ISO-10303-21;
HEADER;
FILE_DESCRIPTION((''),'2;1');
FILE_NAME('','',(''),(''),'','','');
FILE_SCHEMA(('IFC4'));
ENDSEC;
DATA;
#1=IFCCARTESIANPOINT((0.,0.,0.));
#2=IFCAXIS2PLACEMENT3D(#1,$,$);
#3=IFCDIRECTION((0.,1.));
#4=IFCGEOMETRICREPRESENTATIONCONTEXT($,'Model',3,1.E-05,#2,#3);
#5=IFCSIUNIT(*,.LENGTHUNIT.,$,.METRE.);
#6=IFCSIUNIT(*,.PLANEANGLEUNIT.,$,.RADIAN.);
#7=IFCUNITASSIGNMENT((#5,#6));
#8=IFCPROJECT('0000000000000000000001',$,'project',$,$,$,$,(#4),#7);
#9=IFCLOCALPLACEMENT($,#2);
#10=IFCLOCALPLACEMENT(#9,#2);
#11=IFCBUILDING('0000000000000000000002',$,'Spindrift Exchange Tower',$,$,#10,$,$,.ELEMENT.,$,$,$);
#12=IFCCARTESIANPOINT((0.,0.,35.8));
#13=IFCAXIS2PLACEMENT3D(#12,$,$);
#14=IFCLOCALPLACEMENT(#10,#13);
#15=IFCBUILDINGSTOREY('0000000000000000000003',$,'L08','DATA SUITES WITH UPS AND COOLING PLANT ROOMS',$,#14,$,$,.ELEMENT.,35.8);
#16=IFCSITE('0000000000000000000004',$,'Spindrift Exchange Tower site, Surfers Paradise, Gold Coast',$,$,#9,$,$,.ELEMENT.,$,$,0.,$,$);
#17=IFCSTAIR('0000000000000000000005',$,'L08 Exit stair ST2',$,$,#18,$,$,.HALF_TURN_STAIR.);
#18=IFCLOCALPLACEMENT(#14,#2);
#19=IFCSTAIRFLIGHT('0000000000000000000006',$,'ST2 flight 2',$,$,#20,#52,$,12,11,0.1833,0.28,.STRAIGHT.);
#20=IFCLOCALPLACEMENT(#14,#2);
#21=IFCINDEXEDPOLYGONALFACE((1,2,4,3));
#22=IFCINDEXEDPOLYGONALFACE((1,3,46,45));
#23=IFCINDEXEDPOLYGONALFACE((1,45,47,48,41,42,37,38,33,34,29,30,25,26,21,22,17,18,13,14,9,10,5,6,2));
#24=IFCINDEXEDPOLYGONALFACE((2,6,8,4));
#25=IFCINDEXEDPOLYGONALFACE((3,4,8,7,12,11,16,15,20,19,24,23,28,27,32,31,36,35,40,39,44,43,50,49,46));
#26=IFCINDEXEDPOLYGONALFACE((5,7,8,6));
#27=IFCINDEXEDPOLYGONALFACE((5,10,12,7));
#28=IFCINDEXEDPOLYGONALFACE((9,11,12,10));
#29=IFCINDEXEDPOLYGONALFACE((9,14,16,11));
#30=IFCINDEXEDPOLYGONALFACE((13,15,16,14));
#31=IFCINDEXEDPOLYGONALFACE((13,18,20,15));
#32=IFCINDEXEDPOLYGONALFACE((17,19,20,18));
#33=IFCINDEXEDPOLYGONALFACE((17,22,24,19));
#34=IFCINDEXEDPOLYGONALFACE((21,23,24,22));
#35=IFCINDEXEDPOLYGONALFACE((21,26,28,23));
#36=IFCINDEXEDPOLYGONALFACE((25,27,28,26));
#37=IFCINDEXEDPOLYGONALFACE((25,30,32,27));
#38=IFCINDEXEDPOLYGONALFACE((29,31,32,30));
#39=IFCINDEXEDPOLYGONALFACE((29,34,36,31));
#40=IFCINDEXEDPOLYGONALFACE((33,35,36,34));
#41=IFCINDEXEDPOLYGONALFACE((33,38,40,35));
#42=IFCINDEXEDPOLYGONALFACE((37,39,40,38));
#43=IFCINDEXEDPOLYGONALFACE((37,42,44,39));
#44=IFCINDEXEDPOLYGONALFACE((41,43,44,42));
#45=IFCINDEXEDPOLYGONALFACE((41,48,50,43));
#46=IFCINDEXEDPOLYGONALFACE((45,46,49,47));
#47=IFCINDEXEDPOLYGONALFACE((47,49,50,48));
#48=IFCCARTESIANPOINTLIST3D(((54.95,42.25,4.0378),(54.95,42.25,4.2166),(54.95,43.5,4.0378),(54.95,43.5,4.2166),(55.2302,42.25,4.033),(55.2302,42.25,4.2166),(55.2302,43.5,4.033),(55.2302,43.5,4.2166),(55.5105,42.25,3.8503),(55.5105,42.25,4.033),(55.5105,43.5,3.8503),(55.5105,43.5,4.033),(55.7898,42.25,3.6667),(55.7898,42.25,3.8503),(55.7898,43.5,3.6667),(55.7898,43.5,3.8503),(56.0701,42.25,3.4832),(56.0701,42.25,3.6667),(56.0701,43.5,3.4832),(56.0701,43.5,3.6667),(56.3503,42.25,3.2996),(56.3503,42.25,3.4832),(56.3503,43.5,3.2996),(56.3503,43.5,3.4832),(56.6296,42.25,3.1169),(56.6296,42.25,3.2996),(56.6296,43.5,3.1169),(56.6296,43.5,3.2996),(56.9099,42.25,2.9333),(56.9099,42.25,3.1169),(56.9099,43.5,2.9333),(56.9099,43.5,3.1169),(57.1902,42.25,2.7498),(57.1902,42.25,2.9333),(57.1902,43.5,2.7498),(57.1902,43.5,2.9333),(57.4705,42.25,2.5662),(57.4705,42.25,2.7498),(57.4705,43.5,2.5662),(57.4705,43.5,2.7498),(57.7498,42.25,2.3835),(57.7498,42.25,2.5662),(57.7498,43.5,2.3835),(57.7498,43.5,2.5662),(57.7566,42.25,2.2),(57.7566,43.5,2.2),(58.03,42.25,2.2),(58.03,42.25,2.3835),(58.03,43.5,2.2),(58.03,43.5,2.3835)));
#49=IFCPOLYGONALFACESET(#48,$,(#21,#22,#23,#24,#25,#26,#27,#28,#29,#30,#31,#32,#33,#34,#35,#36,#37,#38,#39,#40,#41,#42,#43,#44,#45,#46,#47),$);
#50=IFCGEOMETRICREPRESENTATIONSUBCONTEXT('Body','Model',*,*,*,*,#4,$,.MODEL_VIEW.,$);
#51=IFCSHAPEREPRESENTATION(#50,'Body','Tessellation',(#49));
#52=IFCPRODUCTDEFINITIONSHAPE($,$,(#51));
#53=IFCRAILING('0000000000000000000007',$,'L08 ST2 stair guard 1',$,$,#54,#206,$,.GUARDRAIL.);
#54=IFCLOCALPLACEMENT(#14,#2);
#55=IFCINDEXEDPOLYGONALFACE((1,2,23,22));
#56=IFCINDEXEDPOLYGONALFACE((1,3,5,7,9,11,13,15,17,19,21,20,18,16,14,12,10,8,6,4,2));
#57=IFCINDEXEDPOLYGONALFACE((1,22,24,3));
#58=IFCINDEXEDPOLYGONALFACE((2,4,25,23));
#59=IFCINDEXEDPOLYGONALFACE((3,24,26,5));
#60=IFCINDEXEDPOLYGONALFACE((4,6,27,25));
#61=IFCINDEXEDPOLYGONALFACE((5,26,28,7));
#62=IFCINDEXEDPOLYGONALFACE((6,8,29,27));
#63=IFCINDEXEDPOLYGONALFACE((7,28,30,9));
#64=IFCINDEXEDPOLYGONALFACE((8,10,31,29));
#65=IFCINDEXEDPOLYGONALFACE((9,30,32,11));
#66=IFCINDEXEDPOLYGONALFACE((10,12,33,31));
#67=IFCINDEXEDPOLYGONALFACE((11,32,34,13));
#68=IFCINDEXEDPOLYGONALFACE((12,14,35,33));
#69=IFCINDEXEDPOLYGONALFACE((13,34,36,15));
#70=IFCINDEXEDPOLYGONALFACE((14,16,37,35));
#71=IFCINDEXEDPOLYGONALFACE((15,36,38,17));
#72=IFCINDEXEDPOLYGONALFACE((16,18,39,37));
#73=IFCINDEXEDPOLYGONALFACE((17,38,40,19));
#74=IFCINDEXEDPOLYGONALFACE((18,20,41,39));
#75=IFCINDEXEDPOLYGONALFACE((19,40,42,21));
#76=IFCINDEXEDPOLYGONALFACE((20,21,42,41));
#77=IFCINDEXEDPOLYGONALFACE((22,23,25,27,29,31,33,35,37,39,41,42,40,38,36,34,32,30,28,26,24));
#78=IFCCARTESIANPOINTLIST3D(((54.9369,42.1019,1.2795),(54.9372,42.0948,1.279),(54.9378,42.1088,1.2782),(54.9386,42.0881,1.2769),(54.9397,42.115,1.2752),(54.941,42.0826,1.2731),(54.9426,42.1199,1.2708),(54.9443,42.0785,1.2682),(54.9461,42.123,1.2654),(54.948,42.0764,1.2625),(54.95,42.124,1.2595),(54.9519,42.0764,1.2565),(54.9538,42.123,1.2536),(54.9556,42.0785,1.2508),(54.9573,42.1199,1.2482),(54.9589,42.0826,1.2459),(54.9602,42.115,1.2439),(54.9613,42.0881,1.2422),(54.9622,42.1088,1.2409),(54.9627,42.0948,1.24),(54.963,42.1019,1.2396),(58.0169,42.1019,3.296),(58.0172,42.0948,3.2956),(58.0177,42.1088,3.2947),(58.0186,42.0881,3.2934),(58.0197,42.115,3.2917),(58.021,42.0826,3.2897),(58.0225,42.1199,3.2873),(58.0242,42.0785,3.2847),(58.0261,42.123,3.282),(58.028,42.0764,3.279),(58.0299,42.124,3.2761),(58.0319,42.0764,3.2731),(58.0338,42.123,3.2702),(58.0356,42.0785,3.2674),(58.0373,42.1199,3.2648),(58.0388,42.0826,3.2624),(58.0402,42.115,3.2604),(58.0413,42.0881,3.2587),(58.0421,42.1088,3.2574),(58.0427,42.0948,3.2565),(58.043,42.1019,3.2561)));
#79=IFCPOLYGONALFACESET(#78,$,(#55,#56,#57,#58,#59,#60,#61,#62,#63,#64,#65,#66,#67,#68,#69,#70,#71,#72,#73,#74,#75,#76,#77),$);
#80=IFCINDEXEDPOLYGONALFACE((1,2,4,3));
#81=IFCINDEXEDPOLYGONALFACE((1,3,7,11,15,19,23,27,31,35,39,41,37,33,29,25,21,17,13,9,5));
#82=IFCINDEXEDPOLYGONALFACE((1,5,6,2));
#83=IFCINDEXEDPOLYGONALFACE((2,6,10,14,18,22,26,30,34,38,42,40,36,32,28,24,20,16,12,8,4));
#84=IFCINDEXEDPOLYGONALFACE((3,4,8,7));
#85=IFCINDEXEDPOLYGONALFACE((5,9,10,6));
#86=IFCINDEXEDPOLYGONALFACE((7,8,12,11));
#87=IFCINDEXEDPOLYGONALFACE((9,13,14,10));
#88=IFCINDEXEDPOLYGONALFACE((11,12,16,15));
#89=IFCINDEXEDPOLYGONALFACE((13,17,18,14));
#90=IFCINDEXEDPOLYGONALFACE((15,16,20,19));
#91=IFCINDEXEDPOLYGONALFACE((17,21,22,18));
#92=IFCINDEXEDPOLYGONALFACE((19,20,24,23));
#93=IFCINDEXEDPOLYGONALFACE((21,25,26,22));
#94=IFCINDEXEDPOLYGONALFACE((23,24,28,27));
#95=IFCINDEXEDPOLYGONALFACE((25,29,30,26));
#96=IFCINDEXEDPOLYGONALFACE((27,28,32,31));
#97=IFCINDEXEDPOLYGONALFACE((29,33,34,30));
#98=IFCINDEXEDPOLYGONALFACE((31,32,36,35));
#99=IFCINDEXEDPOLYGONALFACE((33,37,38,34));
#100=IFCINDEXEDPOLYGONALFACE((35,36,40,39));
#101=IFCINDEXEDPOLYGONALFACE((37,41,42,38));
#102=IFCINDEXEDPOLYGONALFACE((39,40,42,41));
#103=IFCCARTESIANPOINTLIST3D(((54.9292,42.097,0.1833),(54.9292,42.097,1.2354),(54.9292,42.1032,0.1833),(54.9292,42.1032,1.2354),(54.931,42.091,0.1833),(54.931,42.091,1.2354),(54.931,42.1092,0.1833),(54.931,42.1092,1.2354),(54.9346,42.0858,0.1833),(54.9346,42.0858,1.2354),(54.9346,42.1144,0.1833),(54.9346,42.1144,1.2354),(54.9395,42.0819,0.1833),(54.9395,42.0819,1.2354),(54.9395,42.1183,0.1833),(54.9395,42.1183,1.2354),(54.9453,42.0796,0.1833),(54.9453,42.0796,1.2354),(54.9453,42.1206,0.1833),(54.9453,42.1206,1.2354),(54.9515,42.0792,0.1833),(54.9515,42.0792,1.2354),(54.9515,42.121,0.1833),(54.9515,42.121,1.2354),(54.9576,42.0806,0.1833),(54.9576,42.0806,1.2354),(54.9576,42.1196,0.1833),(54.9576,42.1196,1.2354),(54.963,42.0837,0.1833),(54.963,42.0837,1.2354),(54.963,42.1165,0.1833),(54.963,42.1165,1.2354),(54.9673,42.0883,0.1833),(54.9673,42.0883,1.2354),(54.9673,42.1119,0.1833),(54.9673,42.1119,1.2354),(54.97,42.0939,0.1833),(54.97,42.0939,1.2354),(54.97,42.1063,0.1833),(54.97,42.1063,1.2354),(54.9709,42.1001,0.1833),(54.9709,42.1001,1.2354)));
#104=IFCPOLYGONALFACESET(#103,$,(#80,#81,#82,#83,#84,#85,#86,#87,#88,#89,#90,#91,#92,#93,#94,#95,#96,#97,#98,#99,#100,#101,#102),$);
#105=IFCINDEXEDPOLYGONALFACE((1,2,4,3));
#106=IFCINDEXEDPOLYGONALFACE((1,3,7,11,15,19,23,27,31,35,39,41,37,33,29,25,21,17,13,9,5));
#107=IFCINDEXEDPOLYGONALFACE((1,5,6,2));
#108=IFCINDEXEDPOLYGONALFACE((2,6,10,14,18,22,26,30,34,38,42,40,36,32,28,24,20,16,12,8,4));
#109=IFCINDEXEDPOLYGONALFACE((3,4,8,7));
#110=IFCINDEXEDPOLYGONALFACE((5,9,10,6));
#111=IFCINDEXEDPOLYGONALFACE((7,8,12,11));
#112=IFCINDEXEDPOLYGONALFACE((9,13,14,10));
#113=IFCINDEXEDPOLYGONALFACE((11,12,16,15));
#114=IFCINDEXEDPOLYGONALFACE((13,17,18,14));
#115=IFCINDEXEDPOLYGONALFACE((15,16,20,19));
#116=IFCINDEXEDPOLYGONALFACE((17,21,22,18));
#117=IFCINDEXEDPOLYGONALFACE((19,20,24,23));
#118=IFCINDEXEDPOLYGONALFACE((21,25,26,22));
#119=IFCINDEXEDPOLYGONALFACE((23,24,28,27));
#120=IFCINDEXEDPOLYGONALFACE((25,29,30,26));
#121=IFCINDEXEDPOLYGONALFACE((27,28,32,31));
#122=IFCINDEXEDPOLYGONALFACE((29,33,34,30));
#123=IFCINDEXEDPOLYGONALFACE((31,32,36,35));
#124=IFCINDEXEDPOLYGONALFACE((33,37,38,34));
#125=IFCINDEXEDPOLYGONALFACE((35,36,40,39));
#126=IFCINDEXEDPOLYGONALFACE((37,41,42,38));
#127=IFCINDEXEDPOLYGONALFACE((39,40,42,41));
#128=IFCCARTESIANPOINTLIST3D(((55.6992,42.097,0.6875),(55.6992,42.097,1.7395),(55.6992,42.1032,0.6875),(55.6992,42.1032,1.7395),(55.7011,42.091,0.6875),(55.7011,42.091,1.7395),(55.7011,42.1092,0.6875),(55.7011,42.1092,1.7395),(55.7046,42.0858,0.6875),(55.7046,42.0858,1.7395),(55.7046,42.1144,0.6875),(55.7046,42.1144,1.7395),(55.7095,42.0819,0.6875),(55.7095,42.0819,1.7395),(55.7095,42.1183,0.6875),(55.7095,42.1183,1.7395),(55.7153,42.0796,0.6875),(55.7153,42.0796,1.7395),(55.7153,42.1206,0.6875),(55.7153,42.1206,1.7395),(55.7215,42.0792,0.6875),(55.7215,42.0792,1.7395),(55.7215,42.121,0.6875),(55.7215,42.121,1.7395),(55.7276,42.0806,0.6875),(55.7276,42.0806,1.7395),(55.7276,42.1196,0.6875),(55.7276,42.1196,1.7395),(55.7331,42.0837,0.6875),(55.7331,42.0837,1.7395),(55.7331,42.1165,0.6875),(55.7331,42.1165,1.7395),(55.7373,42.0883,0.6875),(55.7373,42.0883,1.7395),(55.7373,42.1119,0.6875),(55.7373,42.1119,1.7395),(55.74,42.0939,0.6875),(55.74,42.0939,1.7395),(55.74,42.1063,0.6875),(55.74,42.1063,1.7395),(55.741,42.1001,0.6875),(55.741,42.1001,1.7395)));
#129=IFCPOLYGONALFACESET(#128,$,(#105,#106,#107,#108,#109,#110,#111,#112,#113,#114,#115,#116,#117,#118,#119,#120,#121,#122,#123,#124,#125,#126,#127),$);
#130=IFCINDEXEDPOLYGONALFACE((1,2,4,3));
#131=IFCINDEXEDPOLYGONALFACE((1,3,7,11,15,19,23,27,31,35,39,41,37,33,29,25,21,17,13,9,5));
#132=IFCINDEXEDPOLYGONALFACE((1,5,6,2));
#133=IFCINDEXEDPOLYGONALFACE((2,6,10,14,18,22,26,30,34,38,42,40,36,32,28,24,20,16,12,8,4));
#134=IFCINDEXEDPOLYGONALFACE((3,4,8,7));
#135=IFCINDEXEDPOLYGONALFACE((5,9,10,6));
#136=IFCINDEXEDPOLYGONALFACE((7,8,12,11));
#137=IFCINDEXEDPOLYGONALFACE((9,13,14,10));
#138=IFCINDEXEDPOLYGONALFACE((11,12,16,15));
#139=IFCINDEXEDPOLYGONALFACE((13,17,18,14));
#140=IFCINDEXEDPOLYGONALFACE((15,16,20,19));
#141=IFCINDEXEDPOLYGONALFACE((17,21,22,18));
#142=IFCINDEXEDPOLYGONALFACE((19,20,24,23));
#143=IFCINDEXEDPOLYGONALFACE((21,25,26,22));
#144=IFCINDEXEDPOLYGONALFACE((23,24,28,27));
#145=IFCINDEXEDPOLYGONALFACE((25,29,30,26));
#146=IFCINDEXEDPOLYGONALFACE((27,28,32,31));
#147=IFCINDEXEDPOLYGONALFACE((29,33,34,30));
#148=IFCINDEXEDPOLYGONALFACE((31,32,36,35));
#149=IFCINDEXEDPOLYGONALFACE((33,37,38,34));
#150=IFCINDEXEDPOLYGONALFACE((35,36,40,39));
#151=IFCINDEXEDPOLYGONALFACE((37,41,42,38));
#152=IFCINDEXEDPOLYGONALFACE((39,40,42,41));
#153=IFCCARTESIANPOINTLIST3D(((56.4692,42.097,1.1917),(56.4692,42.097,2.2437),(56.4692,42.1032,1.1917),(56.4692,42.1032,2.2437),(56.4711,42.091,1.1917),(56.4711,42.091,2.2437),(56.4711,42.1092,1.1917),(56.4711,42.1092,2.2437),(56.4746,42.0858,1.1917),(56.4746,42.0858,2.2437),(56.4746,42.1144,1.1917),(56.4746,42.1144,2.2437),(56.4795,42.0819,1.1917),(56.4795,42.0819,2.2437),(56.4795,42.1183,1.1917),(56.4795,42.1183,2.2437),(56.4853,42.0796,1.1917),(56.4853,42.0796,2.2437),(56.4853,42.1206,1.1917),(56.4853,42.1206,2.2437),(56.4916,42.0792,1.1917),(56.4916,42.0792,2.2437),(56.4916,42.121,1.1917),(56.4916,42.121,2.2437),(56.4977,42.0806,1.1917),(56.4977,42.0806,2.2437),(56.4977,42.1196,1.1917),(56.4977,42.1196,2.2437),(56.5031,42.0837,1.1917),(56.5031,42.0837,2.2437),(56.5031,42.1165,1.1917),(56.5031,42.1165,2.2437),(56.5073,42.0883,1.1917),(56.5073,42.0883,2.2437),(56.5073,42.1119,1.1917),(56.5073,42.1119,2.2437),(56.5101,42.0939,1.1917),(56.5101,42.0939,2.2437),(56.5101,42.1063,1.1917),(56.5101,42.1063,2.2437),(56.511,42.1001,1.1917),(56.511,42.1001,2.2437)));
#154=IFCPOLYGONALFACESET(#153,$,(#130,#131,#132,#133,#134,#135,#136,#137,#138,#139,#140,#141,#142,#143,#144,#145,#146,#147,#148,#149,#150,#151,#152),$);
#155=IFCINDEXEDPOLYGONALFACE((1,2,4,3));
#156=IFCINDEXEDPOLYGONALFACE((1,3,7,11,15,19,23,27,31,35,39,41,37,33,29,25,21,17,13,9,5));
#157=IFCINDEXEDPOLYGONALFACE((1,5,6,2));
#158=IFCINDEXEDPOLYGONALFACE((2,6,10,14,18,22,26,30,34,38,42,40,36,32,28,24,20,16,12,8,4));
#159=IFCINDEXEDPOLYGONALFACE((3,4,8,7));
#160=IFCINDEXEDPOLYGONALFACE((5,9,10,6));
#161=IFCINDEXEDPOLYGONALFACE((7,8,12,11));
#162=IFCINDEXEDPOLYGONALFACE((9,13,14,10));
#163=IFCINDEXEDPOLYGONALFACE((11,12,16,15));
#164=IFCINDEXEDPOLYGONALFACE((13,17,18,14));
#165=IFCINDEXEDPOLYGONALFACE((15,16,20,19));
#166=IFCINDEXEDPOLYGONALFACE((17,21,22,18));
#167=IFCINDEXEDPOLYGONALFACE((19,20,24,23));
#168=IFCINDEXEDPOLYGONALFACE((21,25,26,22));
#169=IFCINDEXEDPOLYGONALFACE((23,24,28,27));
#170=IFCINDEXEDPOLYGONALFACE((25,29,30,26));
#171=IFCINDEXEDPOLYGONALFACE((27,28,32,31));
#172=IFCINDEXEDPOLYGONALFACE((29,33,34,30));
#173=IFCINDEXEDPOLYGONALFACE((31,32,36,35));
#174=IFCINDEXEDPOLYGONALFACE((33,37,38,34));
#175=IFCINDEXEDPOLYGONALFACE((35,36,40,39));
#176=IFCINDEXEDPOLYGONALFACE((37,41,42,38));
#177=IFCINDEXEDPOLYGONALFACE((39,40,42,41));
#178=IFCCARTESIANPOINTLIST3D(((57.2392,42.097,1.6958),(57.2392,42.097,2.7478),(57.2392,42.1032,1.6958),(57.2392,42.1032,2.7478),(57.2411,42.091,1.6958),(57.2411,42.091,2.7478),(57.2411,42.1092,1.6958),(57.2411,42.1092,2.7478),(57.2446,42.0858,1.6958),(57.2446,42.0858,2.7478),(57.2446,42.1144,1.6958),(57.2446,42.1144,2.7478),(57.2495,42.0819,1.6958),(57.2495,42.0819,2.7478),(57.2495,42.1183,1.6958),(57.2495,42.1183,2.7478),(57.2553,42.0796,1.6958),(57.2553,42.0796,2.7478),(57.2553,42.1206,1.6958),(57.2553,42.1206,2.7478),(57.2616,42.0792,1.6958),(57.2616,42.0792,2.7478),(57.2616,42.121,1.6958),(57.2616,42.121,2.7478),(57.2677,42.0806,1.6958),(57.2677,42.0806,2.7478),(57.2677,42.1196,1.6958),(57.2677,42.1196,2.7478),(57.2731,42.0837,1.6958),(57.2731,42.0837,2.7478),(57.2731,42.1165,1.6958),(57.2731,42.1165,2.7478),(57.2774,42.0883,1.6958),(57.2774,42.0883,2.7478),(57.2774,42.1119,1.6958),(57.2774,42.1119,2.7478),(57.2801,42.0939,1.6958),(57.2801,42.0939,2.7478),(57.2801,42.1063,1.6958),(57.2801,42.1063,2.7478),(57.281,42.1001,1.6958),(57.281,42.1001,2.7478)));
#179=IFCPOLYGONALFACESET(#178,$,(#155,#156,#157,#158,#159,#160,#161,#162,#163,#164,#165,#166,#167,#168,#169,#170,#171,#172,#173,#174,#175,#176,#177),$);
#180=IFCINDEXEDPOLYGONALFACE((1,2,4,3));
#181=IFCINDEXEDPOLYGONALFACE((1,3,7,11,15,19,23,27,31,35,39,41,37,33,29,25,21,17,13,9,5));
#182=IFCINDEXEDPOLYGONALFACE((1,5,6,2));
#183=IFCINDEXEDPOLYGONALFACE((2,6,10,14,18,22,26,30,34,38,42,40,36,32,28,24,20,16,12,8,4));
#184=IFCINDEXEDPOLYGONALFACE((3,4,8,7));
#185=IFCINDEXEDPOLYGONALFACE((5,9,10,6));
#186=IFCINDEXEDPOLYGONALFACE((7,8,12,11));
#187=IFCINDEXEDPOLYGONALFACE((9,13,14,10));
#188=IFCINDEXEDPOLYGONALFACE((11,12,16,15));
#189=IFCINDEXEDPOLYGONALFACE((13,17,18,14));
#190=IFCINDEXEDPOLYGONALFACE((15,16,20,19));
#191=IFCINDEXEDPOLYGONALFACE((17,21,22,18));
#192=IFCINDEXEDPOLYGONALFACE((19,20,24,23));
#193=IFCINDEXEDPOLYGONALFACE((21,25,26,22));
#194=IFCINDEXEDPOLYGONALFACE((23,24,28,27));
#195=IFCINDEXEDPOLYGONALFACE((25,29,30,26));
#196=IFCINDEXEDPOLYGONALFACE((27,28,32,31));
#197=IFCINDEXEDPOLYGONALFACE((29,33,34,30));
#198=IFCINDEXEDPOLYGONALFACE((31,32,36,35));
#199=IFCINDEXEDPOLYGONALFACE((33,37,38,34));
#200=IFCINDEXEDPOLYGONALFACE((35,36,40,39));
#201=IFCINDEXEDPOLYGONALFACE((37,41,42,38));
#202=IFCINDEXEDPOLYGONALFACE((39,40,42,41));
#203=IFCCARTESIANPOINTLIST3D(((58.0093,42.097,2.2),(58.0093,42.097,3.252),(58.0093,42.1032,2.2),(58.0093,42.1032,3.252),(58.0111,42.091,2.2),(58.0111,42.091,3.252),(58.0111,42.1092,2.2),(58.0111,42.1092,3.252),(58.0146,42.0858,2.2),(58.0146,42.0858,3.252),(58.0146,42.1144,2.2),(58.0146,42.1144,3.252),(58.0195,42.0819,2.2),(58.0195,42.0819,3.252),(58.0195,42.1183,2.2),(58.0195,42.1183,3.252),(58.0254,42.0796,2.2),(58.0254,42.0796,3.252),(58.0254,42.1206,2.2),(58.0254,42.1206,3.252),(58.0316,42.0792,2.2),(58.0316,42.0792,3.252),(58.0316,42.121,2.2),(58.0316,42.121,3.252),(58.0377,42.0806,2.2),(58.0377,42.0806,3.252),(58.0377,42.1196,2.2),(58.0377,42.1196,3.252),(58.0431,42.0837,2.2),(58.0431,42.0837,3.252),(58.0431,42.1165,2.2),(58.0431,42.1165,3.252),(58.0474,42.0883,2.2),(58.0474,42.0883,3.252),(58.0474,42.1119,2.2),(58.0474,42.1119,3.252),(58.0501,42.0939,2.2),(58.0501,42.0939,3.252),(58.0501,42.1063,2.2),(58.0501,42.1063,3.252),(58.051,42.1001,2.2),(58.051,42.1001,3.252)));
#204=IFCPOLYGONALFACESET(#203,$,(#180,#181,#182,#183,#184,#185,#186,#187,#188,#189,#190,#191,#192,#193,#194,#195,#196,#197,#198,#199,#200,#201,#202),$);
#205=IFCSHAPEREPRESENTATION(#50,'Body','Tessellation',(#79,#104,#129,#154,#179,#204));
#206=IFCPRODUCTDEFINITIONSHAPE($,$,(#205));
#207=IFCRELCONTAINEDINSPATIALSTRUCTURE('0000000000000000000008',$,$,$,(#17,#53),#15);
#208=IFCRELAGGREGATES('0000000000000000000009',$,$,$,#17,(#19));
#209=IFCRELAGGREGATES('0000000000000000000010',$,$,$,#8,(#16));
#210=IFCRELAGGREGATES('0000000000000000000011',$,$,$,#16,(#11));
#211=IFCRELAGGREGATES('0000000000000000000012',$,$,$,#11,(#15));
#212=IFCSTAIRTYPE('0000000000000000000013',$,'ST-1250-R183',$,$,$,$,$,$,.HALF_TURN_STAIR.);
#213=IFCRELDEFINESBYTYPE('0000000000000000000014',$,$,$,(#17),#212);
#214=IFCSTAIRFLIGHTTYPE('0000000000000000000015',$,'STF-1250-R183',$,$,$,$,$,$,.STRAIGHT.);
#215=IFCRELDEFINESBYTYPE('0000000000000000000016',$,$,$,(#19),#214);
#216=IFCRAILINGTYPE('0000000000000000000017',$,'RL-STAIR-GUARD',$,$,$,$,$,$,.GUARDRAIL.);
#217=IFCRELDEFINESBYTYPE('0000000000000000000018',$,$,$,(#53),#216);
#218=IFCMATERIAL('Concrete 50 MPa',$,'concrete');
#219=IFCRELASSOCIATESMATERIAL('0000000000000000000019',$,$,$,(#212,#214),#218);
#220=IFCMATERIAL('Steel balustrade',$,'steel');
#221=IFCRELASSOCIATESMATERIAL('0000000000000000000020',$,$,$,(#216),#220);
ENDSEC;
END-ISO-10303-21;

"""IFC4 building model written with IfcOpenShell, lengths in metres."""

from ifc_helpers import new_model, si_unit, direction, frame, origin, origin_2d, place, context, subcontext, project, spatial, line, indexed_curve, circle, outline, extrude, material, type_object, element, aggregate, save


model = new_model("IFC4")

# Units and contexts
model_context = context("Model", 3, precision=1e-05, world=origin(), true_north=direction((0.0, 1.0)))
body_context = subcontext(model_context, "Body", "Model", "MODEL_VIEW")
ifc_project = project(units=[si_unit("LENGTHUNIT", "METRE"), si_unit("PLANEANGLEUNIT", "RADIAN")], contexts=[model_context])

# Site, building, storey
site_placement = place(None, origin())
site = spatial("IfcSite", under=ifc_project, at=site_placement, Name="Spindrift Exchange Tower site, Surfers Paradise, Gold Coast", CompositionType="ELEMENT", RefElevation=0.0)
building_placement = place(site_placement, origin())
building = spatial("IfcBuilding", under=site, at=building_placement, Name="Spindrift Exchange Tower", CompositionType="ELEMENT")
storey_placement = place(building_placement, frame((0.0, 0.0, 35.8)))
storey = spatial("IfcBuildingStorey", under=building, at=storey_placement, Name="L08", Description="DATA SUITES WITH UPS AND COOLING PLANT ROOMS", CompositionType="ELEMENT", Elevation=35.8)

# Stair, stair flight
ifc_material_1 = material(Name="Concrete 50 MPa", Category="concrete")
stair_type = type_object("IfcStairType", Name="ST-1250-R183", PredefinedType="HALF_TURN_STAIR", material=ifc_material_1)
stair_placement = place(storey_placement, origin())
stair = element("IfcStair", 1, at=stair_placement, inside=storey, type_object=stair_type, Name="L08 Exit stair ST2", PredefinedType="HALF_TURN_STAIR")
stair_flight_type = type_object("IfcStairFlightType", Name="STF-1250-R183", PredefinedType="STRAIGHT", material=ifc_material_1)
stair_flight_1_placement = place(storey_placement, frame((58.03, 42.875, 2.2), z_axis=(0.0, 0.0, 1.0), x_axis=(-1.0, 0.0, 0.0)))
stair_flight_1 = element("IfcStairFlight", 2, at=stair_flight_1_placement, type_object=stair_flight_type, Name="ST2 flight 2", NumberOfRisers=12, NumberOfTreads=11, PredefinedType="STRAIGHT", RiserHeight=0.1833, TreadLength=0.28, context=body_context, shape_type="SweptSolid", body=[
    extrude(outline(indexed_curve([(0.0, 0.0), (0.0, 0.1836), (0.2803, 0.1836), (0.2803, 0.3662), (0.5596, 0.3662), (0.5596, 0.5498), (0.8398, 0.5498), (0.8398, 0.7334), (1.1201, 0.7334), (1.1201, 0.917), (1.4004, 0.917), (1.4004, 1.0996), (1.6797, 1.0996), (1.6797, 1.2832), (1.96, 1.2832), (1.96, 1.4668), (2.2402, 1.4668), (2.2402, 1.6504), (2.5195, 1.6504), (2.5195, 1.833), (2.7998, 1.833), (2.7998, 2.0166), (3.0801, 2.0166), (3.0801, 2.2002), (3.0801, 1.8379), (0.2734, 0.0)], segments=[line(1, 2, 3, 4, 5, 6, 7, 8, 9, 10, 11, 12, 13, 14, 15, 16, 17, 18, 19, 20, 21, 22, 23, 24, 25, 26, 1)], self_intersect=False)), frame((0.0, 0.625, 0.0), z_axis=(0.0, -1.0, 0.0), x_axis=(1.0, 0.0, 0.0)), (0.0, 0.0, 1.0), 1.25),
])
aggregate(stair, [stair_flight_1])

# Railing
ifc_material_2 = material(Name="Steel balustrade", Category="steel")
railing_type_1 = type_object("IfcRailingType", Name="RL-STAIR-GUARD", PredefinedType="GUARDRAIL", material=ifc_material_2)
railing_1_placement = place(storey_placement, frame((54.95, 42.1001, 0.1833)))
element("IfcRailing", 3, at=railing_1_placement, inside=storey, type_object=railing_type_1, Name="L08 ST2 stair guard 1", PredefinedType="GUARDRAIL", context=body_context, shape_type="SweptSolid", body=[
    extrude(circle(Radius=0.0239, at=origin_2d()), frame((0.0, 0.0, 1.0762), z_axis=(0.836633, 0.0, 0.547764), x_axis=(0.0, 1.0, 0.0)), (0.0, 0.0, 1.0), 3.6814),
    extrude(circle(Radius=0.021, at=origin_2d()), origin(), (0.0, 0.0, 1.0), 1.052),
    extrude(circle(Radius=0.021, at=origin_2d()), frame((0.77, 0.0, 0.5042)), (0.0, 0.0, 1.0), 1.052),
    extrude(circle(Radius=0.021, at=origin_2d()), frame((1.54, 0.0, 1.0083)), (0.0, 0.0, 1.0), 1.052),
    extrude(circle(Radius=0.021, at=origin_2d()), frame((2.3101, 0.0, 1.5125)), (0.0, 0.0, 1.0), 1.052),
    extrude(circle(Radius=0.021, at=origin_2d()), frame((3.0801, 0.0, 2.0166)), (0.0, 0.0, 1.0), 1.052),
])

save(model, "model.ifc")
